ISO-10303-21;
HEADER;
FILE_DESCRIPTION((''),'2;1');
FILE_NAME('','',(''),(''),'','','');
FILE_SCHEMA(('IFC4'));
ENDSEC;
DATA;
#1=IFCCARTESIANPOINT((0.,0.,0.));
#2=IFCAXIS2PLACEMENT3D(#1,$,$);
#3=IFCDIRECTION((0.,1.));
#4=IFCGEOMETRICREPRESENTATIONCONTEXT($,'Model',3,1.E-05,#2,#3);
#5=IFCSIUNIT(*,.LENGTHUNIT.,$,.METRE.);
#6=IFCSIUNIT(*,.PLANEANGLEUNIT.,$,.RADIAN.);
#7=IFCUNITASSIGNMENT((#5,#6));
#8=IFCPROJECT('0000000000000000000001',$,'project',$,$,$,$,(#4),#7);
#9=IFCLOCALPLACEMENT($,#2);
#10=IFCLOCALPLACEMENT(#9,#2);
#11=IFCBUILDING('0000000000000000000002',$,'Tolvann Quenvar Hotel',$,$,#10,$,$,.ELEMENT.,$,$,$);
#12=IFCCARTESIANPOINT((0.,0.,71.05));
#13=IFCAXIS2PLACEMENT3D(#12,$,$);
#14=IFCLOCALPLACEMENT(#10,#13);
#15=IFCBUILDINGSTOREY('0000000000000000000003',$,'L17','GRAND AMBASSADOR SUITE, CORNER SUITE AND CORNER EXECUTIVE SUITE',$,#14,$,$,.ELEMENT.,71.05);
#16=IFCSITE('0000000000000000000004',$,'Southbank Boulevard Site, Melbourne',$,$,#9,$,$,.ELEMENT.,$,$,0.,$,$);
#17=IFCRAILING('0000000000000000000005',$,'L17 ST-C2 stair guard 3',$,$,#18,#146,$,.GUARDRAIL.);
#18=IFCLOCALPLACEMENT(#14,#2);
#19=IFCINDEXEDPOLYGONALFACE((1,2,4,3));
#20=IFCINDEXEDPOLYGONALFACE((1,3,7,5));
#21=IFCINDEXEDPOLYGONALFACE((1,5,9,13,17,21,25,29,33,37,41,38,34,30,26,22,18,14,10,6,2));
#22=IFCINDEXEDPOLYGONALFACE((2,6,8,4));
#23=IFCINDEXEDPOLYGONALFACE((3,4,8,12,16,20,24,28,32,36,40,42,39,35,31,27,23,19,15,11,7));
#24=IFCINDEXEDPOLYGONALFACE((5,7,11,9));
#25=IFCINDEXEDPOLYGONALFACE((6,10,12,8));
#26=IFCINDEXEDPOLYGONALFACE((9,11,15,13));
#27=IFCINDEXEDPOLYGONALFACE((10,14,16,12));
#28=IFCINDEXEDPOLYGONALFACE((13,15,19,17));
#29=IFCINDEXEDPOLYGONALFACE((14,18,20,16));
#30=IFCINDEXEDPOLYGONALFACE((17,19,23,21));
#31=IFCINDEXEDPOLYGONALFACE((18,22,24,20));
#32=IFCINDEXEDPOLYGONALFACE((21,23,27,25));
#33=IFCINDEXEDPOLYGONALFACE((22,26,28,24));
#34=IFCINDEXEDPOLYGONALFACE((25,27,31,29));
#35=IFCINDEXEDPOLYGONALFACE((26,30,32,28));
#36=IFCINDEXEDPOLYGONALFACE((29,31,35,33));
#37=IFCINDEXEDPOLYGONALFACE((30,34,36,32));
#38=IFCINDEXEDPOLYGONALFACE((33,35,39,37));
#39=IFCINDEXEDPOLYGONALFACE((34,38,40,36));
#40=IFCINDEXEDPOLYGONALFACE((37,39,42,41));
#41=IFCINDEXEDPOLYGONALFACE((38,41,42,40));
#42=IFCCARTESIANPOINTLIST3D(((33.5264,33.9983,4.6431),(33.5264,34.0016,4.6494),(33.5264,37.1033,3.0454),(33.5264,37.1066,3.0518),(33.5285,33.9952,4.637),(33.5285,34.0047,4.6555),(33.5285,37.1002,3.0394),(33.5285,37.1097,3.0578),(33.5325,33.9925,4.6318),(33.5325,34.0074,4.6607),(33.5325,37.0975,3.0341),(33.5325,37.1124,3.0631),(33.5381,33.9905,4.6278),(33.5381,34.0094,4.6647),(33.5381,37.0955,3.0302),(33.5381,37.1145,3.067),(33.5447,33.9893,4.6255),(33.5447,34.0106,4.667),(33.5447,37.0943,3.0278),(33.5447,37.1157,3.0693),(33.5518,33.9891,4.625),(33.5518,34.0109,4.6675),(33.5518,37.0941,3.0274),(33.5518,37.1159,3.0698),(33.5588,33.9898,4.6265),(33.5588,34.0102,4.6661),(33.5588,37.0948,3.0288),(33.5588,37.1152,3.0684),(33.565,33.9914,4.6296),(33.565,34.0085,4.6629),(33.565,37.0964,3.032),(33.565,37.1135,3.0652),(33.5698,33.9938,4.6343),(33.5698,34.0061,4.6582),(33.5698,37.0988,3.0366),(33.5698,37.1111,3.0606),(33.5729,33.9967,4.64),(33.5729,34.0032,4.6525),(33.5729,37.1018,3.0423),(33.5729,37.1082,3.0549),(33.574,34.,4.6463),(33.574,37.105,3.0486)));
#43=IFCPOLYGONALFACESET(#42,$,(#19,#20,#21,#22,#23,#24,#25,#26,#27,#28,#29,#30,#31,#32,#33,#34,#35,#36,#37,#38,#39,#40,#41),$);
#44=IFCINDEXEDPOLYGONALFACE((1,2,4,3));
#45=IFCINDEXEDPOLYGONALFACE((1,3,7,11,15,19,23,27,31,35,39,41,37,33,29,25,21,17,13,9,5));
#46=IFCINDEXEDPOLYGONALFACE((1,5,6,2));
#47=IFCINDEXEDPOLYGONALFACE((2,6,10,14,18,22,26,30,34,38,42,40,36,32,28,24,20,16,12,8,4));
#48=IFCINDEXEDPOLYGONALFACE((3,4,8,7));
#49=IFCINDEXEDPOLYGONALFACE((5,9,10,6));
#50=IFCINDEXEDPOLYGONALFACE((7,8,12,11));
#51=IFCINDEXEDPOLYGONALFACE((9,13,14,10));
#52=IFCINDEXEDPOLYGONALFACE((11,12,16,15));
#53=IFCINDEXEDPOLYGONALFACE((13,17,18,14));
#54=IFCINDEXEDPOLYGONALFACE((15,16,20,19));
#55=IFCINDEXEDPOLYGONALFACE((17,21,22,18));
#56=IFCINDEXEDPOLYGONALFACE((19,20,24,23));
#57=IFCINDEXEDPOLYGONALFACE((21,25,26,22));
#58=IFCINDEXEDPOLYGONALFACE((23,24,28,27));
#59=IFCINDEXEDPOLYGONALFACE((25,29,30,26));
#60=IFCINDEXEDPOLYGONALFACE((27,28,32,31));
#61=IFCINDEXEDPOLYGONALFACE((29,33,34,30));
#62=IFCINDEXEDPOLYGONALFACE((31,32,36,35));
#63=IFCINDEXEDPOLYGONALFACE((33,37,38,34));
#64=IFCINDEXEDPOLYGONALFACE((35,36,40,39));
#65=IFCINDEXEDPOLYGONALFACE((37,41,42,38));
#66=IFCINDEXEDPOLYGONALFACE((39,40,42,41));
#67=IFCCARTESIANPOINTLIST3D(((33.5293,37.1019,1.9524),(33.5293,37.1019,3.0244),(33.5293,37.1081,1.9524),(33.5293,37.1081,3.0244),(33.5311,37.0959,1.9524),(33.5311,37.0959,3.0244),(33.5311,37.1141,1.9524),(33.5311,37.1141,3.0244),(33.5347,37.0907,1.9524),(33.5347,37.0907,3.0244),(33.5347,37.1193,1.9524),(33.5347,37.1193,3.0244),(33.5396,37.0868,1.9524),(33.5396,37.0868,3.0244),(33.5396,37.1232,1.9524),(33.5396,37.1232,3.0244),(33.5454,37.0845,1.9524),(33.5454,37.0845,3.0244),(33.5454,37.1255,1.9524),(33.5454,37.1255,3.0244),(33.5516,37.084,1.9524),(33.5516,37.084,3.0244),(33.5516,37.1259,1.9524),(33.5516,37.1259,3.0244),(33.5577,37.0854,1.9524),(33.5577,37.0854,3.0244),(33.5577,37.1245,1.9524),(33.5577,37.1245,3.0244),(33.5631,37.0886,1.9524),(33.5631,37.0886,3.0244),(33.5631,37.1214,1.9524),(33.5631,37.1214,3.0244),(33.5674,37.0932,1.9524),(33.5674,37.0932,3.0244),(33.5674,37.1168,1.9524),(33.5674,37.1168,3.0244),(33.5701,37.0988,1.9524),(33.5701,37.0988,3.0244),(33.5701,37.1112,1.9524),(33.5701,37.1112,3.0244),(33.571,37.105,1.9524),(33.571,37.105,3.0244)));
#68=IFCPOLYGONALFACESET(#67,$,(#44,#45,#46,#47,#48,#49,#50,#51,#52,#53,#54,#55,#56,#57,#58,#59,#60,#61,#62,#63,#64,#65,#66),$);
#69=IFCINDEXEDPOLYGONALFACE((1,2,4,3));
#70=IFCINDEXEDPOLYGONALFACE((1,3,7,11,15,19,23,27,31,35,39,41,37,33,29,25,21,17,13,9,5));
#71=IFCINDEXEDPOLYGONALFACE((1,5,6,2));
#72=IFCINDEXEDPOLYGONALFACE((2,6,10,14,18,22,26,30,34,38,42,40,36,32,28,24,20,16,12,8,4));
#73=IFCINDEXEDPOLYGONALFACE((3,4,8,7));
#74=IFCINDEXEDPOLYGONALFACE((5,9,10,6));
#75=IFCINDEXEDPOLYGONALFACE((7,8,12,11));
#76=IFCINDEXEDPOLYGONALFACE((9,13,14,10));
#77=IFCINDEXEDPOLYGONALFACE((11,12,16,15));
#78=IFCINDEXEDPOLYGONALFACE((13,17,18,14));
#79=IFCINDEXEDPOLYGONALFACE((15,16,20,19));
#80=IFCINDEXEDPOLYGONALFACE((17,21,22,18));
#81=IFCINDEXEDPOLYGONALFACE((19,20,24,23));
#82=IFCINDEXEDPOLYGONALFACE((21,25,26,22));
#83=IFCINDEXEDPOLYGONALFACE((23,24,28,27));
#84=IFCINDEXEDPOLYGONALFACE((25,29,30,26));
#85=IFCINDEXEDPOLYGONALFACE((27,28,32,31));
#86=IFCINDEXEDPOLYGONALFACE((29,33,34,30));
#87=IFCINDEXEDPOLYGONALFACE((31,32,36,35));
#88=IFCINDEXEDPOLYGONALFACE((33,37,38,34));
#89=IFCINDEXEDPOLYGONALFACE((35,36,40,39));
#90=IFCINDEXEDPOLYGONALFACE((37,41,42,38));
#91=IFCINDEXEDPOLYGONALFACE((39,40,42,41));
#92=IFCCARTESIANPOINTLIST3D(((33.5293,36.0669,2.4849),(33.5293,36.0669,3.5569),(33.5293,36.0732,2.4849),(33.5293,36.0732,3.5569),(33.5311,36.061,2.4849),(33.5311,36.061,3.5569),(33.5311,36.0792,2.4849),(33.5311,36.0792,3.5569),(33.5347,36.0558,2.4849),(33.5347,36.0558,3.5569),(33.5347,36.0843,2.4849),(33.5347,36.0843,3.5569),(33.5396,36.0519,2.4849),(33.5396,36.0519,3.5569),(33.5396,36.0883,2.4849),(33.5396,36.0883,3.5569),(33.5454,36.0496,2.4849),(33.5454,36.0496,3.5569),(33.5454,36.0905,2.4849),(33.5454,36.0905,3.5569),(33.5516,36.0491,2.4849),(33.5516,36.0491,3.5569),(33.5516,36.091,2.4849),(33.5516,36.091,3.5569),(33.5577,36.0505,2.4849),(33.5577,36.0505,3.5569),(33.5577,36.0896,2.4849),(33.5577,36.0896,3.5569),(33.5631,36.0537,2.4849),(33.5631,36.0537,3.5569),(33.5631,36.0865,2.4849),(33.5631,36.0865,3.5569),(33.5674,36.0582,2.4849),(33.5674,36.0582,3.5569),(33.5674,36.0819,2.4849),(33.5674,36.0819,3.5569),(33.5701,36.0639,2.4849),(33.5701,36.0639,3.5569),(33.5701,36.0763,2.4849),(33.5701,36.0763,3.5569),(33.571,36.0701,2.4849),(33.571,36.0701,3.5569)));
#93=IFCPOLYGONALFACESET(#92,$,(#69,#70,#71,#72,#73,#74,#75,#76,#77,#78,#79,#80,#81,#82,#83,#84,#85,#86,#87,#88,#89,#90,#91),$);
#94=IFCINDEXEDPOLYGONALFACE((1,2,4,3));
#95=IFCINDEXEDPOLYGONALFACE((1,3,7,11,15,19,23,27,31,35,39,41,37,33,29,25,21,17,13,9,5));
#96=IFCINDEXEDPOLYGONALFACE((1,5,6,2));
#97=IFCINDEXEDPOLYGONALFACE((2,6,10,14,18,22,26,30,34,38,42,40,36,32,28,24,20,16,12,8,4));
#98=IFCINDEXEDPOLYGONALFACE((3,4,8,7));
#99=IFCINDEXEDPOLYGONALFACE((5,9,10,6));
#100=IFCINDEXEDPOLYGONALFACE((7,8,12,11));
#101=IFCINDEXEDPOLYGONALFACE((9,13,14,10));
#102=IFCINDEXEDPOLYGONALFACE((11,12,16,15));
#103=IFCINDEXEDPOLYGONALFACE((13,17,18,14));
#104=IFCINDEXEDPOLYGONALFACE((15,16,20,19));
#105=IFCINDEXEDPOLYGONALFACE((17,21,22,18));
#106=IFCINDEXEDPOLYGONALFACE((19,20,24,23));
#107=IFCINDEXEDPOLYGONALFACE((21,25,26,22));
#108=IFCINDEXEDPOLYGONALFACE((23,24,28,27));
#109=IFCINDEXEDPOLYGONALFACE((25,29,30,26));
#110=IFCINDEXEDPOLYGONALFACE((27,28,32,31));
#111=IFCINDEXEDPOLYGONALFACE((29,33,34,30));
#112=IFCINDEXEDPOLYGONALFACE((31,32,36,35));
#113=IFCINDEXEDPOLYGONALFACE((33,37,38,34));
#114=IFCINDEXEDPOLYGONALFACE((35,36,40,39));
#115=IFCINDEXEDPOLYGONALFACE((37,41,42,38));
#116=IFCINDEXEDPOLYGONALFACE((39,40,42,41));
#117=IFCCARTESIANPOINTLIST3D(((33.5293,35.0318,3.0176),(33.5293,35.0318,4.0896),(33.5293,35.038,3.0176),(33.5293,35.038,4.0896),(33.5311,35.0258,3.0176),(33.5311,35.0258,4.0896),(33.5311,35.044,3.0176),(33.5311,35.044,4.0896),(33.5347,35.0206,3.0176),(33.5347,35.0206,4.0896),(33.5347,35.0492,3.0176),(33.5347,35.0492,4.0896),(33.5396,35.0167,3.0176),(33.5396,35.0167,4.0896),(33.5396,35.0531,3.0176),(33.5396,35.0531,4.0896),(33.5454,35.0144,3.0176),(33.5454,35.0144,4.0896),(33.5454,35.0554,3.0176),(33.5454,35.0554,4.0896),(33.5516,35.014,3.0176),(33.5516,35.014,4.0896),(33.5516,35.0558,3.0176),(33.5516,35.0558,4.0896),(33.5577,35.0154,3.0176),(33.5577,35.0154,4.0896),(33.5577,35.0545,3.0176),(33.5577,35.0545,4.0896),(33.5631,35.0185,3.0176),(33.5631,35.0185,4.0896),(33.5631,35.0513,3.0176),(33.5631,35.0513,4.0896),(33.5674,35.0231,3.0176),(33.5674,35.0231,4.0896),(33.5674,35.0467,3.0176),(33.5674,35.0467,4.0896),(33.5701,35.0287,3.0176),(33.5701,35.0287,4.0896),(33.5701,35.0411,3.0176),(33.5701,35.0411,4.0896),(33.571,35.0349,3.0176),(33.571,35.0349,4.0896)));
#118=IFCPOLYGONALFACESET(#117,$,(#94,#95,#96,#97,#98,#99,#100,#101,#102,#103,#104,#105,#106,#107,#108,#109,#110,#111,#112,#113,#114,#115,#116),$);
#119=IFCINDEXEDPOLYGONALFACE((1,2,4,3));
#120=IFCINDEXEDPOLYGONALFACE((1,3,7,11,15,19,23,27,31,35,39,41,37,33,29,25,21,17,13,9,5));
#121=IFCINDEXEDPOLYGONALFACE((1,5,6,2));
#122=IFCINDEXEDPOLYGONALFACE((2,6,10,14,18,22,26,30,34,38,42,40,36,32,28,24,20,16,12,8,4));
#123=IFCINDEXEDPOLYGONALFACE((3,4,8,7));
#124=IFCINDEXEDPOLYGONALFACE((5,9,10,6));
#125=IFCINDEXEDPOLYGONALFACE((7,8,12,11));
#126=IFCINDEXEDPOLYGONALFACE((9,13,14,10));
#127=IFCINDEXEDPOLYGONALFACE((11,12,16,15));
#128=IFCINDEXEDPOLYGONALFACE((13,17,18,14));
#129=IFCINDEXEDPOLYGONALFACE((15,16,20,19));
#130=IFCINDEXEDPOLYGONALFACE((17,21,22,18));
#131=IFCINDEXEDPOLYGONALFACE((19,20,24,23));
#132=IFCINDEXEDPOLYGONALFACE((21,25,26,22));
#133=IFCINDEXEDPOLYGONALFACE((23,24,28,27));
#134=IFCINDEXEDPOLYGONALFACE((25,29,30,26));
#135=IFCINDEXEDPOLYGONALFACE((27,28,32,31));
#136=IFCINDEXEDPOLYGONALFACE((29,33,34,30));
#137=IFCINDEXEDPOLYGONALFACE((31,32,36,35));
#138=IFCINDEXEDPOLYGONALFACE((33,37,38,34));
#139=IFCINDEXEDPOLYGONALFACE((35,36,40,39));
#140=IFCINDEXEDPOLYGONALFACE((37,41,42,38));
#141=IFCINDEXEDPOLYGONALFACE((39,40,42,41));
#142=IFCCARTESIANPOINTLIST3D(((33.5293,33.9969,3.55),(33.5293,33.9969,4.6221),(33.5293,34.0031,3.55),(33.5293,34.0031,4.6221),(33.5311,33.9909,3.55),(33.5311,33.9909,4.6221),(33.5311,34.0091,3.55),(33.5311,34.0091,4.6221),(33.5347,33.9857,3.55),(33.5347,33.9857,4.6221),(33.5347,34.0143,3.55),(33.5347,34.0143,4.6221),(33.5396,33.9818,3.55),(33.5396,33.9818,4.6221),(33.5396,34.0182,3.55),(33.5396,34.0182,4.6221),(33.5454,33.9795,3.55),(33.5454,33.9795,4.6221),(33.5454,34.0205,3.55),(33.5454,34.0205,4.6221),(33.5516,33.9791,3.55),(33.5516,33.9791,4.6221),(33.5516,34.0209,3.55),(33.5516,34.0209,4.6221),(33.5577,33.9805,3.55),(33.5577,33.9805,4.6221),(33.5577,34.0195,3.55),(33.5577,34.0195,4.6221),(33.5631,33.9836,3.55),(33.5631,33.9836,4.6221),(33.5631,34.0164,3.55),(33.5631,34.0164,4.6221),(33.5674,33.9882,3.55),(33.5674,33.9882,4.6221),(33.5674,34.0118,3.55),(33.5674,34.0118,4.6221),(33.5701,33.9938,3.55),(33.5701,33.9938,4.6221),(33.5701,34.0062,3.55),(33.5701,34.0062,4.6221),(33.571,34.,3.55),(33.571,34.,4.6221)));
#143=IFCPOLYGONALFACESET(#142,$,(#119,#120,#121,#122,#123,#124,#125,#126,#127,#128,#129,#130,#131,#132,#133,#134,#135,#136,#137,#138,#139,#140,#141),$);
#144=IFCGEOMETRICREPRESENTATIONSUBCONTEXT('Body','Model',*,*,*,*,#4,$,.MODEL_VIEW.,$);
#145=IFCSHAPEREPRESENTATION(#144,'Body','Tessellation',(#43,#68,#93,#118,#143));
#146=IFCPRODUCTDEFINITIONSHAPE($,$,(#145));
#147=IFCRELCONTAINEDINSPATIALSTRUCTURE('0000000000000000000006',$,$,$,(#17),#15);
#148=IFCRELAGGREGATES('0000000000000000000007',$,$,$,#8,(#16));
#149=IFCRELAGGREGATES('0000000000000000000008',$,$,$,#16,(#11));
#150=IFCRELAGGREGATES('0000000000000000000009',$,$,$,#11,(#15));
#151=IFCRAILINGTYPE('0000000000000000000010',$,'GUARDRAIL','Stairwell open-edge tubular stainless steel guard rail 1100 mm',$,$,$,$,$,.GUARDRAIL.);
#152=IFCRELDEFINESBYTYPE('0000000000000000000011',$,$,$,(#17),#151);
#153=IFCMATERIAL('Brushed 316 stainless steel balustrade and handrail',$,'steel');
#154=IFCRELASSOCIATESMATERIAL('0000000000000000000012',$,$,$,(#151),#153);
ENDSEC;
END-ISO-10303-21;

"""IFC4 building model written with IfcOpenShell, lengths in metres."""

from ifc_helpers import new_model, si_unit, direction, frame, origin, origin_2d, place, context, subcontext, project, spatial, circle, extrude, material, type_object, element, save


model = new_model("IFC4")

# Units and contexts
model_context = context("Model", 3, precision=1e-05, world=origin(), true_north=direction((0.0, 1.0)))
body_context = subcontext(model_context, "Body", "Model", "MODEL_VIEW")
ifc_project = project(units=[si_unit("LENGTHUNIT", "METRE"), si_unit("PLANEANGLEUNIT", "RADIAN")], contexts=[model_context])

# Site, building, storey
site_placement = place(None, origin())
site = spatial("IfcSite", under=ifc_project, at=site_placement, Name="Southbank Boulevard Site, Melbourne", CompositionType="ELEMENT", RefElevation=0.0)
building_placement = place(site_placement, origin())
building = spatial("IfcBuilding", under=site, at=building_placement, Name="Tolvann Quenvar Hotel", CompositionType="ELEMENT")
storey_placement = place(building_placement, frame((0.0, 0.0, 71.05)))
storey = spatial("IfcBuildingStorey", under=building, at=storey_placement, Name="L17", Description="GRAND AMBASSADOR SUITE, CORNER SUITE AND CORNER EXECUTIVE SUITE", CompositionType="ELEMENT", Elevation=71.05)

# Railing
ifc_material_1 = material(Name="Brushed 316 stainless steel balustrade and handrail", Category="steel")
railing_type_1 = type_object("IfcRailingType", Name="GUARDRAIL", Description="Stairwell open-edge tubular stainless steel guard rail 1100 mm", PredefinedType="GUARDRAIL", material=ifc_material_1)
railing_1_placement = place(storey_placement, frame((33.55, 37.105, 1.9524)))
element("IfcRailing", 1, at=railing_1_placement, inside=storey, type_object=railing_type_1, Name="L17 ST-C2 stair guard 3", PredefinedType="GUARDRAIL", context=body_context, shape_type="SweptSolid", body=[
    extrude(circle(Radius=0.0239, at=origin_2d()), frame((0.0, 0.0, 1.0962), z_axis=(0.0, -0.889194, 0.457531), x_axis=(1.0, 0.0, 0.0)), (0.0, 0.0, 1.0), 3.4919),
    extrude(circle(Radius=0.021, at=origin_2d()), origin(), (0.0, 0.0, 1.0), 1.072),
    extrude(circle(Radius=0.021, at=origin_2d()), frame((0.0, -1.0349, 0.5325)), (0.0, 0.0, 1.0), 1.072),
    extrude(circle(Radius=0.021, at=origin_2d()), frame((0.0, -2.0701, 1.0652)), (0.0, 0.0, 1.0), 1.072),
    extrude(circle(Radius=0.021, at=origin_2d()), frame((0.0, -3.105, 1.5977)), (0.0, 0.0, 1.0), 1.072),
])

save(model, "model.ifc")
